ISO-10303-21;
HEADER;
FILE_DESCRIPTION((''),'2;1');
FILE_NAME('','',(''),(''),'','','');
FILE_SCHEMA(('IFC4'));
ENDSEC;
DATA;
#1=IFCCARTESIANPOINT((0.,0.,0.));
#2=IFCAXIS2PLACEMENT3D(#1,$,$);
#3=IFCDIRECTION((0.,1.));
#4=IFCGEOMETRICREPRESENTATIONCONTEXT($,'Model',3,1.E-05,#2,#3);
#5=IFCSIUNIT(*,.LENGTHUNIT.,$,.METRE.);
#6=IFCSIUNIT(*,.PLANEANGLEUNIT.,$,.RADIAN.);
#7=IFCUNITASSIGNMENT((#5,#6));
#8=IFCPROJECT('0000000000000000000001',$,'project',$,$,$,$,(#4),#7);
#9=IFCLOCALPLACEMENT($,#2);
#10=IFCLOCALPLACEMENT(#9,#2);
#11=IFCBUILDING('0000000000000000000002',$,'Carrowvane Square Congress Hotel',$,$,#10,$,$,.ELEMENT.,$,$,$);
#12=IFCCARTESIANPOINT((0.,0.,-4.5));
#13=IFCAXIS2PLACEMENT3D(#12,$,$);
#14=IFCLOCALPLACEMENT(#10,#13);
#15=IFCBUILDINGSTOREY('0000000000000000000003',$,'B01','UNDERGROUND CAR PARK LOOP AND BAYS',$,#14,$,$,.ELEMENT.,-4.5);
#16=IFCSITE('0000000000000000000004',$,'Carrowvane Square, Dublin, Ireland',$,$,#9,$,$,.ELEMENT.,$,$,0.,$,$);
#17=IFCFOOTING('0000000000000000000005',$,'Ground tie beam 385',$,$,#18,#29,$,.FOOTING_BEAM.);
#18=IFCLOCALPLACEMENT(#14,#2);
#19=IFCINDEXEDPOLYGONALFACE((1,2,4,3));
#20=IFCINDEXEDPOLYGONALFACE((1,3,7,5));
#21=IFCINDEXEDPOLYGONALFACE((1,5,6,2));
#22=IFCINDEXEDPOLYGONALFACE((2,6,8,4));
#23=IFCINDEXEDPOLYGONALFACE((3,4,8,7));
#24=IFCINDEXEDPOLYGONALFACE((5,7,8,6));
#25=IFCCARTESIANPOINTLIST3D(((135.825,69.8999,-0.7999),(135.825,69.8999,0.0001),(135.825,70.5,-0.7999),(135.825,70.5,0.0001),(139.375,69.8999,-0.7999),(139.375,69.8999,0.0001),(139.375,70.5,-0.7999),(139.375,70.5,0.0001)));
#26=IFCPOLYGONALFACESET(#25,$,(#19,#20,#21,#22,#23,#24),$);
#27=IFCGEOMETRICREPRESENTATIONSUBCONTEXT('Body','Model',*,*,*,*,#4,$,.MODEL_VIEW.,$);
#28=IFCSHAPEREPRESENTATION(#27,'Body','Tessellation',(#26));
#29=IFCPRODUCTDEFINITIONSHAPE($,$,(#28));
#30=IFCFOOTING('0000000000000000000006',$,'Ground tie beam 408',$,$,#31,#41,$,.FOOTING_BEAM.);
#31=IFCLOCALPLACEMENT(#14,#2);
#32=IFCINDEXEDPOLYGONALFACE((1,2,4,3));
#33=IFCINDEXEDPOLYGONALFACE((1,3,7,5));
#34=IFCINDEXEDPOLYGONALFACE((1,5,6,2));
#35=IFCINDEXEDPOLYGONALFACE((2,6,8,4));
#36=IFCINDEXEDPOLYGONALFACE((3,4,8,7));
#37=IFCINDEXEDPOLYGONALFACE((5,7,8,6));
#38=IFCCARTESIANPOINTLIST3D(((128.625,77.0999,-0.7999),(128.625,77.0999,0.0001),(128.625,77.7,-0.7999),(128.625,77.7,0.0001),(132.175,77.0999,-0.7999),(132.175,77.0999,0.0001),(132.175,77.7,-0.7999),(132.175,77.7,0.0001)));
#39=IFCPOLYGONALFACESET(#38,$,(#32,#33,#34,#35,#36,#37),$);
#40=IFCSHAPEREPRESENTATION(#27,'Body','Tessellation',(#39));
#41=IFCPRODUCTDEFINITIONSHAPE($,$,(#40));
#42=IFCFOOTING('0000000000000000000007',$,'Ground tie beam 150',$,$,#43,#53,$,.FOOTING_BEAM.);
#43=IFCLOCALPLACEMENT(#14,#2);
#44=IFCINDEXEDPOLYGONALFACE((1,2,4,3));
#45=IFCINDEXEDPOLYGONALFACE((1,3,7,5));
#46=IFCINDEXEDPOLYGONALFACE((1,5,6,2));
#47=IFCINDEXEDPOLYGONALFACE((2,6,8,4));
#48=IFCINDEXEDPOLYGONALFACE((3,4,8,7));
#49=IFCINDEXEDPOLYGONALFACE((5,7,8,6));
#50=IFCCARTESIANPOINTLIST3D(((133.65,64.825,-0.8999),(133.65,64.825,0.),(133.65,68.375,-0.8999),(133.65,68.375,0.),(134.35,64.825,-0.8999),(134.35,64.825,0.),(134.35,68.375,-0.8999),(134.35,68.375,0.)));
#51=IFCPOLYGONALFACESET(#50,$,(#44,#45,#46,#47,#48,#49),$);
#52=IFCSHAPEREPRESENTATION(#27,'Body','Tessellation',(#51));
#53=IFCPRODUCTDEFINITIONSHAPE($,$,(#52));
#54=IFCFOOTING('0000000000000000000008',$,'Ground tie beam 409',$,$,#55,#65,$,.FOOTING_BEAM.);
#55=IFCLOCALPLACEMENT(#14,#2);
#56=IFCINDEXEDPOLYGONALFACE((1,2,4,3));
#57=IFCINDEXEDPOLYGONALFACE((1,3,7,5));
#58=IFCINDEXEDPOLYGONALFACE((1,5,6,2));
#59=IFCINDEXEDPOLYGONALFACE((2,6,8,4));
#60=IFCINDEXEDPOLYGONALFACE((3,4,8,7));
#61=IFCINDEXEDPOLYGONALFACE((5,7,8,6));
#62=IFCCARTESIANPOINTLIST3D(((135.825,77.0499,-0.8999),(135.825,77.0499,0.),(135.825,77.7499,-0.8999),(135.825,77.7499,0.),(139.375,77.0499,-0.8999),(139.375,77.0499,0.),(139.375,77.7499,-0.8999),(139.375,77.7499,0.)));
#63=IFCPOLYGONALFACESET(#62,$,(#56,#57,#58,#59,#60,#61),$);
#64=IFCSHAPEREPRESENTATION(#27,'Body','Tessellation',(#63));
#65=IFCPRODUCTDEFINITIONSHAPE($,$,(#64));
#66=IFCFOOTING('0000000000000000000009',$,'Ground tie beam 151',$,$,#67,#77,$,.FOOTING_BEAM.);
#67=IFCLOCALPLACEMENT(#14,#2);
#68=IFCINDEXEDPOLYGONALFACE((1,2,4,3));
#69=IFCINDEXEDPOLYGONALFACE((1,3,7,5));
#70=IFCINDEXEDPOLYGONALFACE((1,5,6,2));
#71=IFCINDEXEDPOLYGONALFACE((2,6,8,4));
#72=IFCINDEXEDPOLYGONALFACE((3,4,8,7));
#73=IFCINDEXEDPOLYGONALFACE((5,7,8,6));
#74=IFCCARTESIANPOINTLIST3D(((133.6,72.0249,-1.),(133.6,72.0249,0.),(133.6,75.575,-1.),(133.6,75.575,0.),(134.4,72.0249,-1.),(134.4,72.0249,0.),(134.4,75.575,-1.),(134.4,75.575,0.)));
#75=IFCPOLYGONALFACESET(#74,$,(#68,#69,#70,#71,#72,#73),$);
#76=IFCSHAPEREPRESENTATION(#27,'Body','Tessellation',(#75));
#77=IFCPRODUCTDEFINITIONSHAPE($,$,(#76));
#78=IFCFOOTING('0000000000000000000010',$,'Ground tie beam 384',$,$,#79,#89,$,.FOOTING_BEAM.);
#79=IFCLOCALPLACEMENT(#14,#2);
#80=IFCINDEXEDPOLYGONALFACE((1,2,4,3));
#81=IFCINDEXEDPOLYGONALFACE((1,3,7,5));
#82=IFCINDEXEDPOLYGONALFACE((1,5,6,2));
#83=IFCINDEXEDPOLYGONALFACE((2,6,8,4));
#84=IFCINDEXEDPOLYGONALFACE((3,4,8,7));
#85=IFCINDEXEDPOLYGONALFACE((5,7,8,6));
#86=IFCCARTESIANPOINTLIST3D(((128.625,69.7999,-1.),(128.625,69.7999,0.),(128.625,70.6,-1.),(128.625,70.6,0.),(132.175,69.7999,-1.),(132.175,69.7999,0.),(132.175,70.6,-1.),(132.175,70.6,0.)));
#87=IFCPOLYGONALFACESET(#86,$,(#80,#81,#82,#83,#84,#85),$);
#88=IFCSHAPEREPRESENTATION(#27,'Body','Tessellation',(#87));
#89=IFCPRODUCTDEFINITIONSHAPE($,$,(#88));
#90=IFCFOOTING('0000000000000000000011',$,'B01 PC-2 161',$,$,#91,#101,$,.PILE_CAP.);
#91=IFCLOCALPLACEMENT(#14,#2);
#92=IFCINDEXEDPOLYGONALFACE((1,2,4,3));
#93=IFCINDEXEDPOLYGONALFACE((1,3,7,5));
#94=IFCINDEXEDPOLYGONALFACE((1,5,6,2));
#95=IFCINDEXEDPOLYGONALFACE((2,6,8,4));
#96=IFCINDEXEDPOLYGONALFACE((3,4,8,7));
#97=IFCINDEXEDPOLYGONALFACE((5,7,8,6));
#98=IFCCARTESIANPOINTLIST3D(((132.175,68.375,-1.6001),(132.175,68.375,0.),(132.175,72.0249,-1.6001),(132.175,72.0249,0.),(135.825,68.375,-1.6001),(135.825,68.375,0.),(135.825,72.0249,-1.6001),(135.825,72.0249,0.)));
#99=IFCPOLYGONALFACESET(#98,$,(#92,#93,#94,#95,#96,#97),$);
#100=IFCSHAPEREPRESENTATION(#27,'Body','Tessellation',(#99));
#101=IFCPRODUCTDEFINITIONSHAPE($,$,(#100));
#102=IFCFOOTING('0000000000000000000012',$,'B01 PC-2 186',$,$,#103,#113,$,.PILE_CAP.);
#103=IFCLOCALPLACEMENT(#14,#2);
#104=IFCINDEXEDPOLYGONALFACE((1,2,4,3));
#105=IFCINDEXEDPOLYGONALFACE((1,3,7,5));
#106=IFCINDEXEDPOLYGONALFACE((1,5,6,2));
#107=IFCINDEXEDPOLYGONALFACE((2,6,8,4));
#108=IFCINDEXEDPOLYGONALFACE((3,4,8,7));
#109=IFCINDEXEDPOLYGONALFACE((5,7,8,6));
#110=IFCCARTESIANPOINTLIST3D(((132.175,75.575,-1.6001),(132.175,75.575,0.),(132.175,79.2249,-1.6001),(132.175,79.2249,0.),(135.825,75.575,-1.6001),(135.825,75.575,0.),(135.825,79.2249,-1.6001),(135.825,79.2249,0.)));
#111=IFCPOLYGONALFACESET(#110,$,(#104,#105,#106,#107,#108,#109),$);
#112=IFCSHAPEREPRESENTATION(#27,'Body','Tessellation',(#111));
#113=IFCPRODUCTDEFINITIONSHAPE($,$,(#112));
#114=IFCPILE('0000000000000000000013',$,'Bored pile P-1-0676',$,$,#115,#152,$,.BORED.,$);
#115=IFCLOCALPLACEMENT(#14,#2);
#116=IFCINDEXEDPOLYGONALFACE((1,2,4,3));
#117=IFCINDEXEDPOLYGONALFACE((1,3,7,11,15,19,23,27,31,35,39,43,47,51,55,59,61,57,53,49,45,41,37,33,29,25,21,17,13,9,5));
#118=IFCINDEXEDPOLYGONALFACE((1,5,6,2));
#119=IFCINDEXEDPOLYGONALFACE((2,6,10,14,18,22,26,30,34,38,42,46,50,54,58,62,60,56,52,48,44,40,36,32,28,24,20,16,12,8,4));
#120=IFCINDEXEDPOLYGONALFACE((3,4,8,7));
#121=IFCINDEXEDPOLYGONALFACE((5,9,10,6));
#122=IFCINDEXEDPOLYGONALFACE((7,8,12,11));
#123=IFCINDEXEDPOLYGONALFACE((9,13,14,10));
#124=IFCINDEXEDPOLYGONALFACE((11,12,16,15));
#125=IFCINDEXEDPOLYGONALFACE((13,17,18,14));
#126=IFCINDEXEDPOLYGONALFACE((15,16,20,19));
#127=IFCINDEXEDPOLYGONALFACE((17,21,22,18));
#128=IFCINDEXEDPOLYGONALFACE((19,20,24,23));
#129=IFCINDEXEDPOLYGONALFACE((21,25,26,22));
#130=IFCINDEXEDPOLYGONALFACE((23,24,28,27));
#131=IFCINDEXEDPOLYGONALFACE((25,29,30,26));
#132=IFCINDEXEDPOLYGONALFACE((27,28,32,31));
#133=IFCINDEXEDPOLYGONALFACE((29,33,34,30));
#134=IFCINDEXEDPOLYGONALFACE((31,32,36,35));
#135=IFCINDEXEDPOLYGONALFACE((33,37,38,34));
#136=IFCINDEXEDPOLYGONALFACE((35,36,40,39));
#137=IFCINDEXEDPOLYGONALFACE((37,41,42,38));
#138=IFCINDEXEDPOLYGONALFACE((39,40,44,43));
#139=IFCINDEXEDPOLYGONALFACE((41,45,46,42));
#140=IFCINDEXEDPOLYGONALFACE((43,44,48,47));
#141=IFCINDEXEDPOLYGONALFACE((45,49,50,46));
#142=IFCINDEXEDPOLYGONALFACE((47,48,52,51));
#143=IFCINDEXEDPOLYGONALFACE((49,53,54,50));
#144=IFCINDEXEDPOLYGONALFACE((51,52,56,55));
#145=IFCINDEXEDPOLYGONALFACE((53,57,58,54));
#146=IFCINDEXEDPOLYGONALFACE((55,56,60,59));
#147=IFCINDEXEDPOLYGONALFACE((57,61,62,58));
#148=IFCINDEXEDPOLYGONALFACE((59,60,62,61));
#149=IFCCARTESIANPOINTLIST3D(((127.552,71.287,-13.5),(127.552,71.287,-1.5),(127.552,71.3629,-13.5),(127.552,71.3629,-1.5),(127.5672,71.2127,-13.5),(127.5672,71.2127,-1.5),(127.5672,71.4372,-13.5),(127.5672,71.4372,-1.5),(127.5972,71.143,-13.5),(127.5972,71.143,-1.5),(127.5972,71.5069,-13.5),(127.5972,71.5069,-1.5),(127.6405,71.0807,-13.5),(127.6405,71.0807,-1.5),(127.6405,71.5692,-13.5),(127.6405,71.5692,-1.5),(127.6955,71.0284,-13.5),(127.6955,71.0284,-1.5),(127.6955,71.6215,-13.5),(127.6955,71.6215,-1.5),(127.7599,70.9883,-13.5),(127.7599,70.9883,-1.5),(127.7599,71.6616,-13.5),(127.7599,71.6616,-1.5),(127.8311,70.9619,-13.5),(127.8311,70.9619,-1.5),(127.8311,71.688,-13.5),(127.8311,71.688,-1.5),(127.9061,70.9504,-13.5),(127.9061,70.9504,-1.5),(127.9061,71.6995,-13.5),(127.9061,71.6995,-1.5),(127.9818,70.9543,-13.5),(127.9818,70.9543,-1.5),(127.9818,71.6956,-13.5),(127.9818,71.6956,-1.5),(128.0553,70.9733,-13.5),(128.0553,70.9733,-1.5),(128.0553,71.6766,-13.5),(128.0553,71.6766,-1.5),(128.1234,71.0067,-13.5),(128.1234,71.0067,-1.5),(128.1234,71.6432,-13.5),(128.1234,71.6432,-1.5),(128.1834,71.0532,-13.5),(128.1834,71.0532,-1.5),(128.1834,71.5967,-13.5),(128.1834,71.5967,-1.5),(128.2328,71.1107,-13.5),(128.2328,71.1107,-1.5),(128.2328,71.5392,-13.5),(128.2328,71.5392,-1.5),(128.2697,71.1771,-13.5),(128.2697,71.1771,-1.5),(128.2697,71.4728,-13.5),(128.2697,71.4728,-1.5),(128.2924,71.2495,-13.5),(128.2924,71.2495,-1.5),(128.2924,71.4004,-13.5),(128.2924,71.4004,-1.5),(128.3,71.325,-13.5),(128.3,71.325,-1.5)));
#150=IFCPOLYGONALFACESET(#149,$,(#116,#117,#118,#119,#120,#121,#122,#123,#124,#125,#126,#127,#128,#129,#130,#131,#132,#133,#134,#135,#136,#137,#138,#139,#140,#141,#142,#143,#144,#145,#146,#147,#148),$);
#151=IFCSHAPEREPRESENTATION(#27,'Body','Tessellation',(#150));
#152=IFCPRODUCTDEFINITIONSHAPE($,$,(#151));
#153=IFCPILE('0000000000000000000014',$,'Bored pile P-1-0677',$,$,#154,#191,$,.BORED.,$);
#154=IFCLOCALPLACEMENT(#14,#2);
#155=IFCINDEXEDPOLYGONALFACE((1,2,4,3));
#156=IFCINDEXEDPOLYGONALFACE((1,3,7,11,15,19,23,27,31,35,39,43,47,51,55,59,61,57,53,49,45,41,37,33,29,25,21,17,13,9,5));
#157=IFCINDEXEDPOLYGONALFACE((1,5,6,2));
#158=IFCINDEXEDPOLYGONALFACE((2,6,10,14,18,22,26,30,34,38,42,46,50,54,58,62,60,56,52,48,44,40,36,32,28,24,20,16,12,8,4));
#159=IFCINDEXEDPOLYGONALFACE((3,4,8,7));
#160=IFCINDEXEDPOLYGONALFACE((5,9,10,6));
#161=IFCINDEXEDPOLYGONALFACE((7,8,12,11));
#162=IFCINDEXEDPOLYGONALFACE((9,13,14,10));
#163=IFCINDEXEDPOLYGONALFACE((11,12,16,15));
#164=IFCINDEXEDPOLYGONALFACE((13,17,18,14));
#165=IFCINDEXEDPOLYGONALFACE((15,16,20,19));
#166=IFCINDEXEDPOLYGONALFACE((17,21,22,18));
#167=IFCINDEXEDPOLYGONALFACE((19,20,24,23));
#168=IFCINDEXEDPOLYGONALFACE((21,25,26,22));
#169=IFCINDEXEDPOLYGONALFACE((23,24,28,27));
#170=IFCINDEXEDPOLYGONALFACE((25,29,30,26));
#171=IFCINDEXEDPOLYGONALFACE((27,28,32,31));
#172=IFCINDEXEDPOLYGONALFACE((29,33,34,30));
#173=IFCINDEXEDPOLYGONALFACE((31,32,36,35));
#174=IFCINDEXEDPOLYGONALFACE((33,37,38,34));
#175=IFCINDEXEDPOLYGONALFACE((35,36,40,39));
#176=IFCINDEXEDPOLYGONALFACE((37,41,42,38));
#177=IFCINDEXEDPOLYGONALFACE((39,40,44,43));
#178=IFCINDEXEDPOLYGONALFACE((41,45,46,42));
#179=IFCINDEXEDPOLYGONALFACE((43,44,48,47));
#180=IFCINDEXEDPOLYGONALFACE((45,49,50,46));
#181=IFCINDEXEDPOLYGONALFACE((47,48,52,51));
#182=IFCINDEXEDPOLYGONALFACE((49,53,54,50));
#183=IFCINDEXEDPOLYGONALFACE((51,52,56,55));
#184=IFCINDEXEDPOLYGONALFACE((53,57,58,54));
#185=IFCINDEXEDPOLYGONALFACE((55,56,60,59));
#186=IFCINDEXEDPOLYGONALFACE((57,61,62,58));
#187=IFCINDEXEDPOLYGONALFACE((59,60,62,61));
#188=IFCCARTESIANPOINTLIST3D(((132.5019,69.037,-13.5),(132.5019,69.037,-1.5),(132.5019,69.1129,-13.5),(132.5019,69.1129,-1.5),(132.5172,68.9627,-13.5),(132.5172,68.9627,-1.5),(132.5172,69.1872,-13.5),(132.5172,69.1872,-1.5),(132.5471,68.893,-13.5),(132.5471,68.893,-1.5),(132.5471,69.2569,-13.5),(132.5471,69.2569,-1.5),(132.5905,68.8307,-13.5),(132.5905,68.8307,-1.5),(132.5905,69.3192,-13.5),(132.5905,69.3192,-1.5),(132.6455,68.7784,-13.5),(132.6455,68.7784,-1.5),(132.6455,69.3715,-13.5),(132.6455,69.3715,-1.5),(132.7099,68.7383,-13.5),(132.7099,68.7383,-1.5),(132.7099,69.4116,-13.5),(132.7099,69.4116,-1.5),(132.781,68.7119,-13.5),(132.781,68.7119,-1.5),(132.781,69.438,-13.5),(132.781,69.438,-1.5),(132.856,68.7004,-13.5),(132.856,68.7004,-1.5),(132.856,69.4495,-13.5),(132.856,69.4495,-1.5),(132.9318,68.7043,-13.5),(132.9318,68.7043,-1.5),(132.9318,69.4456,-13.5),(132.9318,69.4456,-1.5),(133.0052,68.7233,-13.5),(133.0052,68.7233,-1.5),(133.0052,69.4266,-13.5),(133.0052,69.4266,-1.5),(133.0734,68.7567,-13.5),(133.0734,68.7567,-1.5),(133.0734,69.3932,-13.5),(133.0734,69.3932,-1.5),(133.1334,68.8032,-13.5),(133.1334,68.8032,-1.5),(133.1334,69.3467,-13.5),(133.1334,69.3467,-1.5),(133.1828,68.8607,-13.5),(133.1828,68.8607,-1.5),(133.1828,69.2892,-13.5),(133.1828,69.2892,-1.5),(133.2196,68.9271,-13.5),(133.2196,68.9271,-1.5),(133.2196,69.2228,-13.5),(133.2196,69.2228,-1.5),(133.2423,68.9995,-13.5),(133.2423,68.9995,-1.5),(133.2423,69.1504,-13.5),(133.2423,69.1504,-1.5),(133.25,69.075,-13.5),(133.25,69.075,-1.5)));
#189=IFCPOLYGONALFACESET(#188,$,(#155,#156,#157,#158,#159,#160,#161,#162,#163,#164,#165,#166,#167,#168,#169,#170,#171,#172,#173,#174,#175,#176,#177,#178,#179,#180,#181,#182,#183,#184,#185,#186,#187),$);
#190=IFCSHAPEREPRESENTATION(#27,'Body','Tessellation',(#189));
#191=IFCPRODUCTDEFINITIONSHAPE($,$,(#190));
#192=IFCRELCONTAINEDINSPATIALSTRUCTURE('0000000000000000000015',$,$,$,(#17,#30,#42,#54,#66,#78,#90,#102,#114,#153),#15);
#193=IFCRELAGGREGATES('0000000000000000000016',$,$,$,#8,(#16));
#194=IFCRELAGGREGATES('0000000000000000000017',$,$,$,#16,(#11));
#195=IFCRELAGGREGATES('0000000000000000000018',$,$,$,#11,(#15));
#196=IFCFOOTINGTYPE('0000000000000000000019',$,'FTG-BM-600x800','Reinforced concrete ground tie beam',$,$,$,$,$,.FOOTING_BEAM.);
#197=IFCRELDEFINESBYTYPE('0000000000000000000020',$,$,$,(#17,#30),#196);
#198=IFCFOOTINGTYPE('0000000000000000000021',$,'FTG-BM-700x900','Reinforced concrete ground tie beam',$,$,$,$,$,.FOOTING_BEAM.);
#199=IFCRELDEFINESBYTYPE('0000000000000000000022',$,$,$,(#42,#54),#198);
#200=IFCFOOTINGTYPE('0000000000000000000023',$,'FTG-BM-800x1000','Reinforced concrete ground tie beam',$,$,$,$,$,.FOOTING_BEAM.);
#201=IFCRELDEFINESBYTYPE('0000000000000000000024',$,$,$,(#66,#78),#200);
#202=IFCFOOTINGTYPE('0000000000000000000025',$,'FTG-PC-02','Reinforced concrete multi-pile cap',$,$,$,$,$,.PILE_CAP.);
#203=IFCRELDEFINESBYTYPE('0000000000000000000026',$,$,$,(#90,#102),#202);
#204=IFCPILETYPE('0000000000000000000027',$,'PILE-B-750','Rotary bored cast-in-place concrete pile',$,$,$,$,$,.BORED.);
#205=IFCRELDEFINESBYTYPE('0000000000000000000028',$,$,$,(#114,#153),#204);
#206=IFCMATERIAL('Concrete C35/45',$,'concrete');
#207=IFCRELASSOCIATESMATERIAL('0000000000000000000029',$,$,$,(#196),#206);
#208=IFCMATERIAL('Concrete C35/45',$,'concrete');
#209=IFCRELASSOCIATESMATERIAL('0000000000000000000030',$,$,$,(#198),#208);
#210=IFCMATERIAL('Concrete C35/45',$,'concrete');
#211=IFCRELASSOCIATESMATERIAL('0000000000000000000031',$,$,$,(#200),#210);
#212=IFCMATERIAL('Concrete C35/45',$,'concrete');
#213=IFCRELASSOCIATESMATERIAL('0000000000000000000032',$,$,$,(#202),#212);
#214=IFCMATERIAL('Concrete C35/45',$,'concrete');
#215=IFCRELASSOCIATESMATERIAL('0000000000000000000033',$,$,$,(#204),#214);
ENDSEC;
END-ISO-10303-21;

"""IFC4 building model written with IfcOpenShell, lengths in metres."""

from ifc_helpers import new_model, si_unit, direction, frame, origin, origin_2d, place, context, subcontext, project, spatial, rectangle, circle, extrude, material, material_profile, profile_set, type_object, element, save


model = new_model("IFC4")

# Units and contexts
model_context = context("Model", 3, precision=1e-05, world=origin(), true_north=direction((0.0, 1.0)))
body_context = subcontext(model_context, "Body", "Model", "MODEL_VIEW")
ifc_project = project(units=[si_unit("LENGTHUNIT", "METRE"), si_unit("PLANEANGLEUNIT", "RADIAN")], contexts=[model_context])

# Site, building, storey
site_placement = place(None, origin())
site = spatial("IfcSite", under=ifc_project, at=site_placement, Name="Carrowvane Square, Dublin, Ireland", CompositionType="ELEMENT", RefElevation=0.0)
building_placement = place(site_placement, origin())
building = spatial("IfcBuilding", under=site, at=building_placement, Name="Carrowvane Square Congress Hotel", CompositionType="ELEMENT")
storey_placement = place(building_placement, frame((0.0, 0.0, -4.5)))
storey = spatial("IfcBuildingStorey", under=building, at=storey_placement, Name="B01", Description="UNDERGROUND CAR PARK LOOP AND BAYS", CompositionType="ELEMENT", Elevation=-4.5)

# Footings
ifc_material_1 = material(Name="Concrete C35/45", Category="concrete")
ifc_material_profile_1 = material_profile(ifc_material_1, rectangle(XDim=0.6001, YDim=0.8, at=origin_2d()), Name="RC 600x800")
ifc_profile_set_1 = profile_set([ifc_material_profile_1], Name="Concrete C35/45")
footing_type_1 = type_object("IfcFootingType", Name="FTG-BM-600x800", Description="Reinforced concrete ground tie beam", PredefinedType="FOOTING_BEAM", material=ifc_profile_set_1)
for number, where, z_axis, x_axis, name in (
    (1, (135.825, 70.2, -0.3999), (1.0, 0.0, 0.0), (0.0, 1.0, 0.0), "Ground tie beam 385"),
    (2, (128.625, 77.3999, -0.3999), (1.0, 0.0, 0.0), (0.0, 1.0, 0.0), "Ground tie beam 408"),
):
    element("IfcFooting", number, at=place(storey_placement, frame(where, z_axis=z_axis, x_axis=x_axis)), inside=storey, type_object=footing_type_1, Name=name, PredefinedType="FOOTING_BEAM", context=body_context, shape_type="SweptSolid", body=[
        extrude(rectangle(XDim=0.6001, YDim=0.8, at=origin_2d()), origin(), (0.0, 0.0, 1.0), 3.55),
    ])
ifc_material_2 = material(Name="Concrete C35/45", Category="concrete")
ifc_material_profile_2 = material_profile(ifc_material_2, rectangle(XDim=0.7, YDim=0.8999, at=origin_2d()), Name="RC 700x900")
ifc_profile_set_2 = profile_set([ifc_material_profile_2], Name="Concrete C35/45")
footing_type_2 = type_object("IfcFootingType", Name="FTG-BM-700x900", Description="Reinforced concrete ground tie beam", PredefinedType="FOOTING_BEAM", material=ifc_profile_set_2)
for number, where, z_axis, x_axis, name in (
    (3, (134.0, 64.825, -0.45), (0.0, 1.0, 0.0), (-1.0, 0.0, 0.0), "Ground tie beam 150"),
    (4, (135.825, 77.3999, -0.45), (1.0, 0.0, 0.0), (0.0, 1.0, 0.0), "Ground tie beam 409"),
):
    element("IfcFooting", number, at=place(storey_placement, frame(where, z_axis=z_axis, x_axis=x_axis)), inside=storey, type_object=footing_type_2, Name=name, PredefinedType="FOOTING_BEAM", context=body_context, shape_type="SweptSolid", body=[
        extrude(rectangle(XDim=0.7, YDim=0.8999, at=origin_2d()), origin(), (0.0, 0.0, 1.0), 3.55),
    ])
ifc_material_3 = material(Name="Concrete C35/45", Category="concrete")
ifc_material_profile_3 = material_profile(ifc_material_3, rectangle(XDim=0.8, YDim=1.0, at=origin_2d()), Name="RC 800x1000")
ifc_profile_set_3 = profile_set([ifc_material_profile_3], Name="Concrete C35/45")
footing_type_3 = type_object("IfcFootingType", Name="FTG-BM-800x1000", Description="Reinforced concrete ground tie beam", PredefinedType="FOOTING_BEAM", material=ifc_profile_set_3)
for number, where, z_axis, x_axis, name in (
    (5, (134.0, 72.0249, -0.5), (0.0, 1.0, 0.0), (-1.0, 0.0, 0.0), "Ground tie beam 151"),
    (6, (128.625, 70.2, -0.5), (1.0, 0.0, 0.0), (0.0, 1.0, 0.0), "Ground tie beam 384"),
):
    element("IfcFooting", number, at=place(storey_placement, frame(where, z_axis=z_axis, x_axis=x_axis)), inside=storey, type_object=footing_type_3, Name=name, PredefinedType="FOOTING_BEAM", context=body_context, shape_type="SweptSolid", body=[
        extrude(rectangle(XDim=0.8, YDim=1.0, at=origin_2d()), origin(), (0.0, 0.0, 1.0), 3.55),
    ])
ifc_material_4 = material(Name="Concrete C35/45", Category="concrete")
footing_type_4 = type_object("IfcFootingType", Name="FTG-PC-02", Description="Reinforced concrete multi-pile cap", PredefinedType="PILE_CAP", material=ifc_material_4)
for number, where, z_axis, x_axis, name in (
    (7, (134.0, 70.2, -1.6001), (0.0, 0.0, 1.0), (1.0, 0.0, 0.0), "B01 PC-2 161"),
    (8, (134.0, 77.3999, -1.6001), (0.0, 0.0, 1.0), (1.0, 0.0, 0.0), "B01 PC-2 186"),
):
    element("IfcFooting", number, at=place(storey_placement, frame(where, z_axis=z_axis, x_axis=x_axis)), inside=storey, type_object=footing_type_4, Name=name, PredefinedType="PILE_CAP", context=body_context, shape_type="SweptSolid", body=[
        extrude(rectangle(XDim=3.6499, YDim=3.6499, at=origin_2d()), origin(), (0.0, 0.0, 1.0), 1.6001),
    ])

# Piles
ifc_material_5 = material(Name="Concrete C35/45", Category="concrete")
ifc_material_profile_4 = material_profile(ifc_material_5, circle(Radius=0.375, at=origin_2d()), Name="PILE D750")
ifc_profile_set_4 = profile_set([ifc_material_profile_4], Name="Concrete C35/45")
pile_type = type_object("IfcPileType", Name="PILE-B-750", Description="Rotary bored cast-in-place concrete pile", PredefinedType="BORED", material=ifc_profile_set_4)
for number, where, z_axis, x_axis, name in (
    (9, (127.925, 71.325, -1.5), (0.0, 0.0, -1.0), (1.0, 0.0, 0.0), "Bored pile P-1-0676"),
    (10, (132.875, 69.075, -1.5), (0.0, 0.0, -1.0), (1.0, 0.0, 0.0), "Bored pile P-1-0677"),
):
    element("IfcPile", number, at=place(storey_placement, frame(where, z_axis=z_axis, x_axis=x_axis)), inside=storey, type_object=pile_type, Name=name, PredefinedType="BORED", context=body_context, shape_type="SweptSolid", body=[
        extrude(circle(Radius=0.375, at=origin_2d()), origin(), (0.0, 0.0, 1.0), 12.0),
    ])

save(model, "model.ifc")
